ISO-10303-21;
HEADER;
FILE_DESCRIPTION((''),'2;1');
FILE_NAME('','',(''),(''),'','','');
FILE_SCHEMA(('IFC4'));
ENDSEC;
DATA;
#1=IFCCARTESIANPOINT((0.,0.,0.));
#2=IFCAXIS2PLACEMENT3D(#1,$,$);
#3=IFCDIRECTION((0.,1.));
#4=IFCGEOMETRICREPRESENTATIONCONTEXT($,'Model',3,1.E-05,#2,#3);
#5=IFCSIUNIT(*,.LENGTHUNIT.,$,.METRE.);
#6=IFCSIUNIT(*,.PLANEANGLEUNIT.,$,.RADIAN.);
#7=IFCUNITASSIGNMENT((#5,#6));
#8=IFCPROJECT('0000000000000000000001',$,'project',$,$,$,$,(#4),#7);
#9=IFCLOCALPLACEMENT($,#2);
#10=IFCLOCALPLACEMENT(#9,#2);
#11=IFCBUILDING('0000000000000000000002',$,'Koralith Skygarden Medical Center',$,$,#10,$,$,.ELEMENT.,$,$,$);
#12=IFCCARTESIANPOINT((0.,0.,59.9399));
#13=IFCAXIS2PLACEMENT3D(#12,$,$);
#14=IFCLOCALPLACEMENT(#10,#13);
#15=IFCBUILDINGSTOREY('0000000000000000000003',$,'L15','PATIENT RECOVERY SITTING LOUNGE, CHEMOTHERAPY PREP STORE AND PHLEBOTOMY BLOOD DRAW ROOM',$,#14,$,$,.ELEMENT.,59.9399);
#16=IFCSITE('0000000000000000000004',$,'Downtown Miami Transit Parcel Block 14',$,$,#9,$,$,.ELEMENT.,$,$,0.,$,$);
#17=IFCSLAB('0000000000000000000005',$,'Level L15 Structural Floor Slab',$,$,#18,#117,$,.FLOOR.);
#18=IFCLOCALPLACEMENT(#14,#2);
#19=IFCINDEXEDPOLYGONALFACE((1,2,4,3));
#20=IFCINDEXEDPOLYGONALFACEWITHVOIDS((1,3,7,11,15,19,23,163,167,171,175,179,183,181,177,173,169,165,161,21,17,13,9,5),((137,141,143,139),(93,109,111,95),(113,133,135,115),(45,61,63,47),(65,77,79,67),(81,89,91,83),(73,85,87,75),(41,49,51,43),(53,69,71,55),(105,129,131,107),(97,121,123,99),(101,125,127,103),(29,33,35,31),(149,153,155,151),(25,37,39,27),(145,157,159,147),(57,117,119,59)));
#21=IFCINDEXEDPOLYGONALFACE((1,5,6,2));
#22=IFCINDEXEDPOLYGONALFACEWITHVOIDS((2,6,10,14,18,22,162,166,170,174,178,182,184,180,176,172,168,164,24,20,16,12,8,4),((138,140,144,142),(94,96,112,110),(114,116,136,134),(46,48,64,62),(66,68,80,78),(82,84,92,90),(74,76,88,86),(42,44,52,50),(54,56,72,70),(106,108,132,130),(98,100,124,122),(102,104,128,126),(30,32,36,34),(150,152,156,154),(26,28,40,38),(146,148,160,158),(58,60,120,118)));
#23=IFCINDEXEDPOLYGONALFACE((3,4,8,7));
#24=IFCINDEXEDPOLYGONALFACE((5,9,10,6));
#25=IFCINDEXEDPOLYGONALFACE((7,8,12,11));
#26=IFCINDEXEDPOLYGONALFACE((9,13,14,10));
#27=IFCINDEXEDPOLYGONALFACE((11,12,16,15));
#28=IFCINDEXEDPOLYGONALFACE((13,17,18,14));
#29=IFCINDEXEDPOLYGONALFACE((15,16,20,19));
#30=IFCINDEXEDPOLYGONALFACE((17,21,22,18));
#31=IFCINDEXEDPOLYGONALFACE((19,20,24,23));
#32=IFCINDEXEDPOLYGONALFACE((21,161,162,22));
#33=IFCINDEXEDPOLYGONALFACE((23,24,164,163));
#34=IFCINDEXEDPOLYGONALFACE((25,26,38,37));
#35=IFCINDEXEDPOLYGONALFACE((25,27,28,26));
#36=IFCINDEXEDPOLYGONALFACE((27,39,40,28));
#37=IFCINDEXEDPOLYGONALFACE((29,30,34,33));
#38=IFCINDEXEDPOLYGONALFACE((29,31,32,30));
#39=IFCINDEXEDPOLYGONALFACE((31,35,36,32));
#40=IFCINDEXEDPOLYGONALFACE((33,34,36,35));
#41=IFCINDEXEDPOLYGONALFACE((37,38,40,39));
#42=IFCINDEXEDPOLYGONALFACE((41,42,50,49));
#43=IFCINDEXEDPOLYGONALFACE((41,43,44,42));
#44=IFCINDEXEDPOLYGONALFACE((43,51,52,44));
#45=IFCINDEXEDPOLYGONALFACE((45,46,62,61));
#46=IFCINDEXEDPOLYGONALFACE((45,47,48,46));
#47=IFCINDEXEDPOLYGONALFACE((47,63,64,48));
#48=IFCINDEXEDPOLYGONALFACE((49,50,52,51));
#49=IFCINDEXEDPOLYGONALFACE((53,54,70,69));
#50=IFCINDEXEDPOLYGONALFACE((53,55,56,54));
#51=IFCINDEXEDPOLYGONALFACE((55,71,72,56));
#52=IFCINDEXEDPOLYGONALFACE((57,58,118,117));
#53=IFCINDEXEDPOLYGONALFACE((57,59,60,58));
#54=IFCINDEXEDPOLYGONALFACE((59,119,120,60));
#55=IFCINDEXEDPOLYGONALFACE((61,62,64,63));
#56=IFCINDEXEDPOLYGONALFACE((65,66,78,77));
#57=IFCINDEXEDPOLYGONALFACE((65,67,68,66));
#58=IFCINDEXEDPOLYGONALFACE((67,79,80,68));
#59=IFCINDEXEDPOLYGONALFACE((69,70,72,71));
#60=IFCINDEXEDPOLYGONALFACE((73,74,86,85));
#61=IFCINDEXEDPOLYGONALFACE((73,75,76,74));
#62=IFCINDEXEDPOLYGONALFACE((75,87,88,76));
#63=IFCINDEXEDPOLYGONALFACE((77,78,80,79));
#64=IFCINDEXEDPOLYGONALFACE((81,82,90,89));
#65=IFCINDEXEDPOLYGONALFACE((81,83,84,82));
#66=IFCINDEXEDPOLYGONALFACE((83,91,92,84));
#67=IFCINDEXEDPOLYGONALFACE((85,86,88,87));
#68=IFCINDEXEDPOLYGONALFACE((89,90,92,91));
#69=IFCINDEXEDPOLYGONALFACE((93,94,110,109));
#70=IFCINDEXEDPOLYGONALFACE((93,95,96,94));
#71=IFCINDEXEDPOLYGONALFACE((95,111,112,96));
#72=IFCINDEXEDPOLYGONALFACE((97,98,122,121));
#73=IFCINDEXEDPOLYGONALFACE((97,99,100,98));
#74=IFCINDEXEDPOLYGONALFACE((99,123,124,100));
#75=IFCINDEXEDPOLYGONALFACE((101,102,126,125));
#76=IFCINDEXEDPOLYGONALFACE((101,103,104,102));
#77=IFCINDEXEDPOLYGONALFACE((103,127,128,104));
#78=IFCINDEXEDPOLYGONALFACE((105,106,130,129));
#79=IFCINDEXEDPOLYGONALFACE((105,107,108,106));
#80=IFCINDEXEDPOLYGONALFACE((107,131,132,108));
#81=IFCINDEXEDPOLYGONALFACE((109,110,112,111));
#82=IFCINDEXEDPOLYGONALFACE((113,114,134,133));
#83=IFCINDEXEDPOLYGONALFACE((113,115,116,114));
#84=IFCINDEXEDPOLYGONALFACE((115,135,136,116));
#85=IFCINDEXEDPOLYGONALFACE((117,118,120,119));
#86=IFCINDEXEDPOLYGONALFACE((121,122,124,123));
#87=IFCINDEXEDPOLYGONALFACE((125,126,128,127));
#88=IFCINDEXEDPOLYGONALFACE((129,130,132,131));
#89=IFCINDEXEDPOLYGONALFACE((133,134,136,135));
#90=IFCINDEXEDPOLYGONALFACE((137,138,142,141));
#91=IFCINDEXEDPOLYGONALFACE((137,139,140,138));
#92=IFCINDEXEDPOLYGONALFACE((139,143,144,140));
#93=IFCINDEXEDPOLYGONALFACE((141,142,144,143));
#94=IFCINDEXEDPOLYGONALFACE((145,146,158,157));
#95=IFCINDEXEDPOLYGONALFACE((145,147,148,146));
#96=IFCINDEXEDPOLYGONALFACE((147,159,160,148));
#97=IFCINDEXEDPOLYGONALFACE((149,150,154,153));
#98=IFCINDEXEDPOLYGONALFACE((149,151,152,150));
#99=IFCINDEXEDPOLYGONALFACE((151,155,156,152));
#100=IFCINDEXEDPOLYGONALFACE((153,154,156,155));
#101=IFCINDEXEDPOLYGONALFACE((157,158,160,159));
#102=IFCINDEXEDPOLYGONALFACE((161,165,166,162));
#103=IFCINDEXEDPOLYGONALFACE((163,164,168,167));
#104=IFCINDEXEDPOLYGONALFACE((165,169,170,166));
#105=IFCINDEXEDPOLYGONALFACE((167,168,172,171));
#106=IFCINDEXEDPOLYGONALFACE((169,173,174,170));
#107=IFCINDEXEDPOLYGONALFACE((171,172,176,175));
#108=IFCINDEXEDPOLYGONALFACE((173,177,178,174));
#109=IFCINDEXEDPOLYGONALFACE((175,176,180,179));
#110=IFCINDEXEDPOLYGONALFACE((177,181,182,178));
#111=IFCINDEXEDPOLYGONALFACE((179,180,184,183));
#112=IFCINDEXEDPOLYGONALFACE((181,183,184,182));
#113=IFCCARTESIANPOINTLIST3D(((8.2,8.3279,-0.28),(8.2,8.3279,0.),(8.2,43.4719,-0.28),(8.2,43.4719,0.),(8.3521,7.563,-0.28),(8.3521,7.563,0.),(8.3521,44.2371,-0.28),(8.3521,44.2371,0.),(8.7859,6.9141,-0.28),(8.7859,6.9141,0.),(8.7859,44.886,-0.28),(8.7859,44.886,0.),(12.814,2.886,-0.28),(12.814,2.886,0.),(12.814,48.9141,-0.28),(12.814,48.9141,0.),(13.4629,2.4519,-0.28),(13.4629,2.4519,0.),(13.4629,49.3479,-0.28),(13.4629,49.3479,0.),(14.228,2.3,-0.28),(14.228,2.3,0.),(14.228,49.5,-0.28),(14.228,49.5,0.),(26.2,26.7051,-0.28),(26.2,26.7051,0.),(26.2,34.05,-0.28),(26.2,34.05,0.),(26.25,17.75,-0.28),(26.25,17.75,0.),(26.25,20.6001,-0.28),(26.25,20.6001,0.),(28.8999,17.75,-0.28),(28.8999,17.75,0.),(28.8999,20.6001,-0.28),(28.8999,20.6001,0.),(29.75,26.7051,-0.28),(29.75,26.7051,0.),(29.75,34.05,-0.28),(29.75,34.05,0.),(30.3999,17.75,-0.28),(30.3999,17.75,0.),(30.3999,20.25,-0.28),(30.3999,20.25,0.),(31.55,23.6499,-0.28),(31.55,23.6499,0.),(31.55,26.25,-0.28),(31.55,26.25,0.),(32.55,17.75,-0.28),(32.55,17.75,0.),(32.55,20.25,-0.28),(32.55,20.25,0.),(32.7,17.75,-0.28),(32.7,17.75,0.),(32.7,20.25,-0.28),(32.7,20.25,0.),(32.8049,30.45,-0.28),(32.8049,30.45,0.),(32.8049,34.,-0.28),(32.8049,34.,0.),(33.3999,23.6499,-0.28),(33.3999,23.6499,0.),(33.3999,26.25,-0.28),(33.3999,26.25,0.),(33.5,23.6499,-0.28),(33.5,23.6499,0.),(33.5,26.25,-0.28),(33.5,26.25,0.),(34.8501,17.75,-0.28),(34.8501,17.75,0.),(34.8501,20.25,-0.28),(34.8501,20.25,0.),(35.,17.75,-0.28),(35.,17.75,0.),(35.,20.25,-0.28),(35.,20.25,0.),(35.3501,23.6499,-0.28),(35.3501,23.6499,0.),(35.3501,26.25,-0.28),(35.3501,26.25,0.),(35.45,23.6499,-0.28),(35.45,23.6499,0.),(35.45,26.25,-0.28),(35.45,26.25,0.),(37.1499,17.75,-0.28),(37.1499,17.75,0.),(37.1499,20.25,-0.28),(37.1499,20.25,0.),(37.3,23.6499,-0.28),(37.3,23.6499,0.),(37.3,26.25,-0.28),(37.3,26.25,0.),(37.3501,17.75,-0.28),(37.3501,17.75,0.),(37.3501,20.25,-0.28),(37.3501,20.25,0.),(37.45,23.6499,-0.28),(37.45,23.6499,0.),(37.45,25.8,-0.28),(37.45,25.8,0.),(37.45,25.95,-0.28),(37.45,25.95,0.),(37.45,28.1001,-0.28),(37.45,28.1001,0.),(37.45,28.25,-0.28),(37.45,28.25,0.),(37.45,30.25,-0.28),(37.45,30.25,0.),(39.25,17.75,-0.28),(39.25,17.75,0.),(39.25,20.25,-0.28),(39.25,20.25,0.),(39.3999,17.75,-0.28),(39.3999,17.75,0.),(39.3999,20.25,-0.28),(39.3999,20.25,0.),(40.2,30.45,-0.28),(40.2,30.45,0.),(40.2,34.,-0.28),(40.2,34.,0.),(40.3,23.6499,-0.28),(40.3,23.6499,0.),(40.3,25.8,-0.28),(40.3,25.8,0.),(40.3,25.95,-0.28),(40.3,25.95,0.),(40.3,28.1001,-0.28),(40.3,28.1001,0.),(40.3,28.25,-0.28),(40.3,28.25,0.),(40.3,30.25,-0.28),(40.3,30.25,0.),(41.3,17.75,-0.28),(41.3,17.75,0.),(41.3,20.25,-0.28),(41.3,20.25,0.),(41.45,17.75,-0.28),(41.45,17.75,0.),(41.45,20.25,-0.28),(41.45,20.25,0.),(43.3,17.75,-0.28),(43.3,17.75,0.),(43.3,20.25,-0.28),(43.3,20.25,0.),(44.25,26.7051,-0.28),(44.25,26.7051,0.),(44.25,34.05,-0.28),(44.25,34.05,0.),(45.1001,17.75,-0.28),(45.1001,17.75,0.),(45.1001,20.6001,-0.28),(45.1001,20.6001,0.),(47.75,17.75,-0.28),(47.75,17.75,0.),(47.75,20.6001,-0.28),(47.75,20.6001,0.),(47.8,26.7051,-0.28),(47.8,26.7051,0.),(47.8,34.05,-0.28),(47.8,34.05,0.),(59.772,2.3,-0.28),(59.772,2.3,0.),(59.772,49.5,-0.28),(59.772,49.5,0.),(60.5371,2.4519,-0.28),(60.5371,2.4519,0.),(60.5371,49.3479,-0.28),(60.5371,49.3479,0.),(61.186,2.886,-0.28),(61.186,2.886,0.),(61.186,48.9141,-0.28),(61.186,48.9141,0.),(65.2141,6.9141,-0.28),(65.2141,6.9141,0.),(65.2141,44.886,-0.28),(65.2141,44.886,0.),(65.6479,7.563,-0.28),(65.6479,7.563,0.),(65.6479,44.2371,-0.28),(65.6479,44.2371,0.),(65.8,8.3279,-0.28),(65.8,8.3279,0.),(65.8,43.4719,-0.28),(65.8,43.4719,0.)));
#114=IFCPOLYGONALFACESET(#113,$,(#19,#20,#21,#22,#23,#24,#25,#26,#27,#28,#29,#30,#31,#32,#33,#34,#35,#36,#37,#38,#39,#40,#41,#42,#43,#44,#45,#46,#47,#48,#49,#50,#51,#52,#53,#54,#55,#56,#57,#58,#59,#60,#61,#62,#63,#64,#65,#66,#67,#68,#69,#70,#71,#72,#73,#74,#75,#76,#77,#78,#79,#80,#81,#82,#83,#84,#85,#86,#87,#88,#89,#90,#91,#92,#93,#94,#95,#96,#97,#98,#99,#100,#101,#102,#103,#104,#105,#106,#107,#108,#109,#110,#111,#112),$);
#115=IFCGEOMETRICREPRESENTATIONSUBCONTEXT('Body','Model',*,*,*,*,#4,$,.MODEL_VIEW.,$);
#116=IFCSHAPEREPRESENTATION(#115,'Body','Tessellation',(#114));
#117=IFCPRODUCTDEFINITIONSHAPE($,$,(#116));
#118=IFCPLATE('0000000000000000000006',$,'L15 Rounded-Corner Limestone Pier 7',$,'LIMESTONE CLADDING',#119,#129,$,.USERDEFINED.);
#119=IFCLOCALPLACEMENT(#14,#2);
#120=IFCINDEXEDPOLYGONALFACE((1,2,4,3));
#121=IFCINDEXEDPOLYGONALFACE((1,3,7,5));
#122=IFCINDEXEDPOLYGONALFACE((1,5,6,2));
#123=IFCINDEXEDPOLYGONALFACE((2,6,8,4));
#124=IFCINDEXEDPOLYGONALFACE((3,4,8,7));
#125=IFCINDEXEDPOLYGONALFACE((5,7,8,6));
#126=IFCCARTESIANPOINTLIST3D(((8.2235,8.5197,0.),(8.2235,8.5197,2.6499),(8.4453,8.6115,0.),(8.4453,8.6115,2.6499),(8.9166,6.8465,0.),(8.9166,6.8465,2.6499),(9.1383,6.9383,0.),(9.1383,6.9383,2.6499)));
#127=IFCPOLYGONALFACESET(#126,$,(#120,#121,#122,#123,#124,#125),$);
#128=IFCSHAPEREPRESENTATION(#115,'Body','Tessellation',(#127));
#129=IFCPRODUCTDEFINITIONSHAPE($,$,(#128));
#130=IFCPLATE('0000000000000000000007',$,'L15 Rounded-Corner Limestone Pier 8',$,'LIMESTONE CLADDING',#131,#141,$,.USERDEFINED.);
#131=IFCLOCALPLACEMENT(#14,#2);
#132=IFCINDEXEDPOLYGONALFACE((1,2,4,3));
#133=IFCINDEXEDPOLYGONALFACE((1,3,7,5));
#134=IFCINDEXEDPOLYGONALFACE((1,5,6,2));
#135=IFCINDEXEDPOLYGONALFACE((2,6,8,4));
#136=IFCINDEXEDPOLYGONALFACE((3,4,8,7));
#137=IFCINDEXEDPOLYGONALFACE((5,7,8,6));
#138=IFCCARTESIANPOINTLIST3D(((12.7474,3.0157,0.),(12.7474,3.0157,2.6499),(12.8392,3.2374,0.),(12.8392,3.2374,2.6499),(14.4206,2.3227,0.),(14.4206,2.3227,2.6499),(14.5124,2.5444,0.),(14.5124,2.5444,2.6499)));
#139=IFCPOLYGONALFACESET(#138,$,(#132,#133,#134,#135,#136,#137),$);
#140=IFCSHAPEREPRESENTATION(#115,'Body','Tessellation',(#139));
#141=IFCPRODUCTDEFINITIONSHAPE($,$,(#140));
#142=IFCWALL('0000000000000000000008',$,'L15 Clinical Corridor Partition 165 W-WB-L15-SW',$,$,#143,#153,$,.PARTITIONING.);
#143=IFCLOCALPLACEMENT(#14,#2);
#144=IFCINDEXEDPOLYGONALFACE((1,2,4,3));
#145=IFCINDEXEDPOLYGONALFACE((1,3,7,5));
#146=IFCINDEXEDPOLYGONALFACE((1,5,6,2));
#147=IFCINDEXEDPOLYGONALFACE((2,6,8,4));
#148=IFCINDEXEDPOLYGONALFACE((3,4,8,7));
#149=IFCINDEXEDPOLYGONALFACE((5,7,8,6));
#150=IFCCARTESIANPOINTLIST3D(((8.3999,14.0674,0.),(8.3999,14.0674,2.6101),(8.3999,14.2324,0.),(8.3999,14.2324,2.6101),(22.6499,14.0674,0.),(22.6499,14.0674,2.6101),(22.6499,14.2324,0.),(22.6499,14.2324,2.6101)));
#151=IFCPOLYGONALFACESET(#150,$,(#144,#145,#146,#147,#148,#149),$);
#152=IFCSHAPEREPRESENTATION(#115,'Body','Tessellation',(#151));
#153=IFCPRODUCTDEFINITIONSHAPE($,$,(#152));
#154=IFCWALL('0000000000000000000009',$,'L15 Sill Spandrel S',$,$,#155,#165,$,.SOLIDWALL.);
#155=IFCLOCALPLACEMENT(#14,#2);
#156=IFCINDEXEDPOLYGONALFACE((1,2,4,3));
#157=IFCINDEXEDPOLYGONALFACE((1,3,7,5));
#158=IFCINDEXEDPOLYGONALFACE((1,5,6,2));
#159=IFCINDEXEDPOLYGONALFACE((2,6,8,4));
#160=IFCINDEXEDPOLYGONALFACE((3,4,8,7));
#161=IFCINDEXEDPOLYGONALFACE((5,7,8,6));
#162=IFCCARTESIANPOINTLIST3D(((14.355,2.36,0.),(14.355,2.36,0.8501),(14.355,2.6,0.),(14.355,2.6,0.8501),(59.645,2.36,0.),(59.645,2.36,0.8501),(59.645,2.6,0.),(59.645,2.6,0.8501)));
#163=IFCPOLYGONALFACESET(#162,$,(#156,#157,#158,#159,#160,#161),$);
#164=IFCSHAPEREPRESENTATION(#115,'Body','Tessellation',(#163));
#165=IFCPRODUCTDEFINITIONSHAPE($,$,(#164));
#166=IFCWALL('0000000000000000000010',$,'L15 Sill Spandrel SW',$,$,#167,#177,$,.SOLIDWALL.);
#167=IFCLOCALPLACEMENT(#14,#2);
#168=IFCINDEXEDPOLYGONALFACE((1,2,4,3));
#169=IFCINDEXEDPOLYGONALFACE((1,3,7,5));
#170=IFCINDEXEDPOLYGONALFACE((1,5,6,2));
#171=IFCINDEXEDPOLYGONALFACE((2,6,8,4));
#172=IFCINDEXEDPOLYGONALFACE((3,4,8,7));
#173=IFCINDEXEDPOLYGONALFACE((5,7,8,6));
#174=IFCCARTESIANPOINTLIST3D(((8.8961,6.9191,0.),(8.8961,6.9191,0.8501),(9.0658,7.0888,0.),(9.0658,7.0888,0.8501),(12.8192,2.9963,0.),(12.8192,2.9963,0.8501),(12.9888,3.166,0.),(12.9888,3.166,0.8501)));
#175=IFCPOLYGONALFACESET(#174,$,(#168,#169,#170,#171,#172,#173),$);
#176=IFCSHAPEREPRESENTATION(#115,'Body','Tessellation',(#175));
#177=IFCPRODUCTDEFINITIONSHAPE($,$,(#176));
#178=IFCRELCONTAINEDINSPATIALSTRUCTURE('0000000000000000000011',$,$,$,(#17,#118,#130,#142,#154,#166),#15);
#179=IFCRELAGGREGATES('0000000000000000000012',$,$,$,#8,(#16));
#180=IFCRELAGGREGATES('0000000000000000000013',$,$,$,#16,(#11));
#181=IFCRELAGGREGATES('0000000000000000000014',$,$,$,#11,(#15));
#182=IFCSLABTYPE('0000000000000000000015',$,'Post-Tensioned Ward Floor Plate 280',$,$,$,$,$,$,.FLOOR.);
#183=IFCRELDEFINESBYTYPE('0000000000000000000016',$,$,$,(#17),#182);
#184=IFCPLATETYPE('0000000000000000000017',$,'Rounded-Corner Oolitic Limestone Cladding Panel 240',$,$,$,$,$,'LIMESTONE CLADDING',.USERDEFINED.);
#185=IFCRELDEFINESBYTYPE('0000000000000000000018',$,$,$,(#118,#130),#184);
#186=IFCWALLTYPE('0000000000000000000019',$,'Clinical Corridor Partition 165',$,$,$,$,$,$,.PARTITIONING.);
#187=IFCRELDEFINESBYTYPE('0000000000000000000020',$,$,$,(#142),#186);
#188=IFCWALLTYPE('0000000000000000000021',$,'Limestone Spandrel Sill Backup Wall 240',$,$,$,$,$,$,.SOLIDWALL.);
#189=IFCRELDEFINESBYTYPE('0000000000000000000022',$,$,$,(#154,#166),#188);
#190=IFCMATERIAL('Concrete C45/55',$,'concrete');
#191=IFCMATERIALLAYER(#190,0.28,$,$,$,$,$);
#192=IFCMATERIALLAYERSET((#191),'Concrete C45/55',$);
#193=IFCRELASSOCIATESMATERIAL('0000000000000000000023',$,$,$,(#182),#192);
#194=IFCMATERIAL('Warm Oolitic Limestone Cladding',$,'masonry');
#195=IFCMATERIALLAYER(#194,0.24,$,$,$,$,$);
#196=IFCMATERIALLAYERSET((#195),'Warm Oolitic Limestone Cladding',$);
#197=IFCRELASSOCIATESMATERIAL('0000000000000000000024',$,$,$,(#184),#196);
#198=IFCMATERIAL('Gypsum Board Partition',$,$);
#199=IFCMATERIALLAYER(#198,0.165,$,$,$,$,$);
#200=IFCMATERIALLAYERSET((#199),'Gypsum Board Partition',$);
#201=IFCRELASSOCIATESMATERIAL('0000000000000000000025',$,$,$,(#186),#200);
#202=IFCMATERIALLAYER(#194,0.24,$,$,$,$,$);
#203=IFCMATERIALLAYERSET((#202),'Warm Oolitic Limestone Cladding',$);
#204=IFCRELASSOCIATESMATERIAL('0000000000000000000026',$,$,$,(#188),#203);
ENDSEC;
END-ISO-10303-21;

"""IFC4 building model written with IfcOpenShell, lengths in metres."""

from ifc_helpers import new_model, si_unit, direction, frame, frame_2d, origin, origin_2d, place, context, subcontext, project, spatial, polyline, rectangle, outline, extrude, material, layer, layer_set, type_object, element, save


model = new_model("IFC4")

# Units and contexts
model_context = context("Model", 3, precision=1e-05, world=origin(), true_north=direction((0.0, 1.0)))
body_context = subcontext(model_context, "Body", "Model", "MODEL_VIEW")
ifc_project = project(units=[si_unit("LENGTHUNIT", "METRE"), si_unit("PLANEANGLEUNIT", "RADIAN")], contexts=[model_context])

# Site, building, storey
site_placement = place(None, origin())
site = spatial("IfcSite", under=ifc_project, at=site_placement, Name="Downtown Miami Transit Parcel Block 14", CompositionType="ELEMENT", RefElevation=0.0)
building_placement = place(site_placement, origin())
building = spatial("IfcBuilding", under=site, at=building_placement, Name="Koralith Skygarden Medical Center", CompositionType="ELEMENT")
storey_placement = place(building_placement, frame((0.0, 0.0, 59.9399)))
storey = spatial("IfcBuildingStorey", under=building, at=storey_placement, Name="L15", Description="PATIENT RECOVERY SITTING LOUNGE, CHEMOTHERAPY PREP STORE AND PHLEBOTOMY BLOOD DRAW ROOM", CompositionType="ELEMENT", Elevation=59.9399)

# Shared definitions
ifc_material_1 = material(Name="Concrete C45/55", Category="concrete")

# Slab
ifc_layer_1 = layer(ifc_material_1, 0.28)
ifc_layer_set_1 = layer_set([ifc_layer_1], Name="Concrete C45/55")
slab_type_1 = type_object("IfcSlabType", Name="Post-Tensioned Ward Floor Plate 280", PredefinedType="FLOOR", material=ifc_layer_set_1)
slab_1_placement = place(storey_placement, frame((0.0, 0.0, -0.28)))
element("IfcSlab", 1, at=slab_1_placement, inside=storey, type_object=slab_type_1, Name="Level L15 Structural Floor Slab", PredefinedType="FLOOR", context=body_context, shape_type="SweptSolid", body=[
    extrude(outline(polyline([(12.814, 2.886), (13.4629, 2.4519), (14.228, 2.3), (59.772, 2.3), (60.5371, 2.4519), (61.186, 2.886), (65.2141, 6.9141), (65.6479, 7.563), (65.8, 8.3279), (65.8, 43.4719), (65.6479, 44.2371), (65.2141, 44.886), (61.186, 48.9141), (60.5371, 49.3479), (59.772, 49.5), (14.228, 49.5), (13.4629, 49.3479), (12.814, 48.9141), (8.7859, 44.886), (8.3521, 44.2371), (8.2, 43.4719), (8.2, 8.3279), (8.3521, 7.563), (8.7859, 6.9141), (12.814, 2.886)]), holes=[polyline([(26.2, 26.7051), (29.75, 26.7051), (29.75, 34.05), (26.2, 34.05), (26.2, 26.7051)]), polyline([(44.25, 26.7051), (47.8, 26.7051), (47.8, 34.05), (44.25, 34.05), (44.25, 26.7051)]), polyline([(32.8049, 30.45), (40.2, 30.45), (40.2, 34.0), (32.8049, 34.0), (32.8049, 30.45)]), polyline([(26.25, 17.75), (28.8999, 17.75), (28.8999, 20.6001), (26.25, 20.6001), (26.25, 17.75)]), polyline([(45.1001, 17.75), (47.75, 17.75), (47.75, 20.6001), (45.1001, 20.6001), (45.1001, 17.75)]), polyline([(30.3999, 17.75), (32.55, 17.75), (32.55, 20.25), (30.3999, 20.25), (30.3999, 17.75)]), polyline([(32.7, 17.75), (34.8501, 17.75), (34.8501, 20.25), (32.7, 20.25), (32.7, 17.75)]), polyline([(35.0, 17.75), (37.1499, 17.75), (37.1499, 20.25), (35.0, 20.25), (35.0, 17.75)]), polyline([(37.3501, 17.75), (39.25, 17.75), (39.25, 20.25), (37.3501, 20.25), (37.3501, 17.75)]), polyline([(39.3999, 17.75), (41.3, 17.75), (41.3, 20.25), (39.3999, 20.25), (39.3999, 17.75)]), polyline([(41.45, 17.75), (43.3, 17.75), (43.3, 20.25), (41.45, 20.25), (41.45, 17.75)]), polyline([(31.55, 23.6499), (33.3999, 23.6499), (33.3999, 26.25), (31.55, 26.25), (31.55, 23.6499)]), polyline([(33.5, 23.6499), (35.3501, 23.6499), (35.3501, 26.25), (33.5, 26.25), (33.5, 23.6499)]), polyline([(35.45, 23.6499), (37.3, 23.6499), (37.3, 26.25), (35.45, 26.25), (35.45, 23.6499)]), polyline([(37.45, 23.6499), (40.3, 23.6499), (40.3, 25.8), (37.45, 25.8), (37.45, 23.6499)]), polyline([(37.45, 25.95), (40.3, 25.95), (40.3, 28.1001), (37.45, 28.1001), (37.45, 25.95)]), polyline([(37.45, 28.25), (40.3, 28.25), (40.3, 30.25), (37.45, 30.25), (37.45, 28.25)])]), origin(), (0.0, 0.0, 1.0), 0.28),
])

# Plates
ifc_material_2 = material(Name="Warm Oolitic Limestone Cladding", Category="masonry")
ifc_layer_2 = layer(ifc_material_2, 0.24)
ifc_layer_set_2 = layer_set([ifc_layer_2], Name="Warm Oolitic Limestone Cladding")
plate_type_1 = type_object("IfcPlateType", Name="Rounded-Corner Oolitic Limestone Cladding Panel 240", ElementType="LIMESTONE CLADDING", PredefinedType="USERDEFINED", material=ifc_layer_set_2)
for number, where, z_axis, x_axis, name in (
    (2, (8.6809, 7.729, 0.0), (0.0, 0.0, 1.0), (0.382671, -0.923885, 0.0), "L15 Rounded-Corner Limestone Pier 7"),
    (3, (13.6299, 2.78, 0.0), (0.0, 0.0, 1.0), (0.923885, -0.382671, 0.0), "L15 Rounded-Corner Limestone Pier 8"),
):
    element("IfcPlate", number, at=place(storey_placement, frame(where, z_axis=z_axis, x_axis=x_axis)), inside=storey, type_object=plate_type_1, Name=name, ObjectType="LIMESTONE CLADDING", PredefinedType="USERDEFINED", context=body_context, shape_type="SweptSolid", body=[
        extrude(rectangle(XDim=1.811, YDim=0.24, at=origin_2d()), origin(), (0.0, 0.0, 1.0), 2.6499),
    ])

# Walls
ifc_material_3 = material(Name="Gypsum Board Partition")
ifc_layer_3 = layer(ifc_material_3, 0.165)
ifc_layer_set_3 = layer_set([ifc_layer_3], Name="Gypsum Board Partition")
wall_type_1 = type_object("IfcWallType", Name="Clinical Corridor Partition 165", PredefinedType="PARTITIONING", material=ifc_layer_set_3)
wall_1_placement = place(storey_placement, frame((8.3999, 14.1499, 0.0), z_axis=(0.0, 0.0, 1.0), x_axis=(1.0, 0.0, 0.0)))
element("IfcWall", 4, at=wall_1_placement, inside=storey, type_object=wall_type_1, Name="L15 Clinical Corridor Partition 165 W-WB-L15-SW", PredefinedType="PARTITIONING", context=body_context, shape_type="SweptSolid", body=[
    extrude(rectangle(XDim=14.25, YDim=0.165, at=frame_2d((7.125, 0.0))), origin(), (0.0, 0.0, 1.0), 2.6101),
])
ifc_layer_4 = layer(ifc_material_2, 0.24)
ifc_layer_set_4 = layer_set([ifc_layer_4], Name="Warm Oolitic Limestone Cladding")
wall_type_2 = type_object("IfcWallType", Name="Limestone Spandrel Sill Backup Wall 240", PredefinedType="SOLIDWALL", material=ifc_layer_set_4)
wall_2_placement = place(storey_placement, frame((14.355, 2.48, 0.0), z_axis=(0.0, 0.0, 1.0), x_axis=(1.0, 0.0, 0.0)))
element("IfcWall", 5, at=wall_2_placement, inside=storey, type_object=wall_type_2, Name="L15 Sill Spandrel S", PredefinedType="SOLIDWALL", context=body_context, shape_type="SweptSolid", body=[
    extrude(rectangle(XDim=45.29, YDim=0.24, at=frame_2d((22.645, 0.0))), origin(), (0.0, 0.0, 1.0), 0.8501),
])
wall_3_placement = place(storey_placement, frame((8.981, 7.0039, 0.0), z_axis=(0.0, 0.0, 1.0), x_axis=(0.707129, -0.707085, 0.0)))
element("IfcWall", 6, at=wall_3_placement, inside=storey, type_object=wall_type_2, Name="L15 Sill Spandrel SW", PredefinedType="SOLIDWALL", context=body_context, shape_type="SweptSolid", body=[
    extrude(rectangle(XDim=5.5479, YDim=0.24, at=frame_2d((2.7739, 0.0))), origin(), (0.0, 0.0, 1.0), 0.8501),
])

save(model, "model.ifc")
